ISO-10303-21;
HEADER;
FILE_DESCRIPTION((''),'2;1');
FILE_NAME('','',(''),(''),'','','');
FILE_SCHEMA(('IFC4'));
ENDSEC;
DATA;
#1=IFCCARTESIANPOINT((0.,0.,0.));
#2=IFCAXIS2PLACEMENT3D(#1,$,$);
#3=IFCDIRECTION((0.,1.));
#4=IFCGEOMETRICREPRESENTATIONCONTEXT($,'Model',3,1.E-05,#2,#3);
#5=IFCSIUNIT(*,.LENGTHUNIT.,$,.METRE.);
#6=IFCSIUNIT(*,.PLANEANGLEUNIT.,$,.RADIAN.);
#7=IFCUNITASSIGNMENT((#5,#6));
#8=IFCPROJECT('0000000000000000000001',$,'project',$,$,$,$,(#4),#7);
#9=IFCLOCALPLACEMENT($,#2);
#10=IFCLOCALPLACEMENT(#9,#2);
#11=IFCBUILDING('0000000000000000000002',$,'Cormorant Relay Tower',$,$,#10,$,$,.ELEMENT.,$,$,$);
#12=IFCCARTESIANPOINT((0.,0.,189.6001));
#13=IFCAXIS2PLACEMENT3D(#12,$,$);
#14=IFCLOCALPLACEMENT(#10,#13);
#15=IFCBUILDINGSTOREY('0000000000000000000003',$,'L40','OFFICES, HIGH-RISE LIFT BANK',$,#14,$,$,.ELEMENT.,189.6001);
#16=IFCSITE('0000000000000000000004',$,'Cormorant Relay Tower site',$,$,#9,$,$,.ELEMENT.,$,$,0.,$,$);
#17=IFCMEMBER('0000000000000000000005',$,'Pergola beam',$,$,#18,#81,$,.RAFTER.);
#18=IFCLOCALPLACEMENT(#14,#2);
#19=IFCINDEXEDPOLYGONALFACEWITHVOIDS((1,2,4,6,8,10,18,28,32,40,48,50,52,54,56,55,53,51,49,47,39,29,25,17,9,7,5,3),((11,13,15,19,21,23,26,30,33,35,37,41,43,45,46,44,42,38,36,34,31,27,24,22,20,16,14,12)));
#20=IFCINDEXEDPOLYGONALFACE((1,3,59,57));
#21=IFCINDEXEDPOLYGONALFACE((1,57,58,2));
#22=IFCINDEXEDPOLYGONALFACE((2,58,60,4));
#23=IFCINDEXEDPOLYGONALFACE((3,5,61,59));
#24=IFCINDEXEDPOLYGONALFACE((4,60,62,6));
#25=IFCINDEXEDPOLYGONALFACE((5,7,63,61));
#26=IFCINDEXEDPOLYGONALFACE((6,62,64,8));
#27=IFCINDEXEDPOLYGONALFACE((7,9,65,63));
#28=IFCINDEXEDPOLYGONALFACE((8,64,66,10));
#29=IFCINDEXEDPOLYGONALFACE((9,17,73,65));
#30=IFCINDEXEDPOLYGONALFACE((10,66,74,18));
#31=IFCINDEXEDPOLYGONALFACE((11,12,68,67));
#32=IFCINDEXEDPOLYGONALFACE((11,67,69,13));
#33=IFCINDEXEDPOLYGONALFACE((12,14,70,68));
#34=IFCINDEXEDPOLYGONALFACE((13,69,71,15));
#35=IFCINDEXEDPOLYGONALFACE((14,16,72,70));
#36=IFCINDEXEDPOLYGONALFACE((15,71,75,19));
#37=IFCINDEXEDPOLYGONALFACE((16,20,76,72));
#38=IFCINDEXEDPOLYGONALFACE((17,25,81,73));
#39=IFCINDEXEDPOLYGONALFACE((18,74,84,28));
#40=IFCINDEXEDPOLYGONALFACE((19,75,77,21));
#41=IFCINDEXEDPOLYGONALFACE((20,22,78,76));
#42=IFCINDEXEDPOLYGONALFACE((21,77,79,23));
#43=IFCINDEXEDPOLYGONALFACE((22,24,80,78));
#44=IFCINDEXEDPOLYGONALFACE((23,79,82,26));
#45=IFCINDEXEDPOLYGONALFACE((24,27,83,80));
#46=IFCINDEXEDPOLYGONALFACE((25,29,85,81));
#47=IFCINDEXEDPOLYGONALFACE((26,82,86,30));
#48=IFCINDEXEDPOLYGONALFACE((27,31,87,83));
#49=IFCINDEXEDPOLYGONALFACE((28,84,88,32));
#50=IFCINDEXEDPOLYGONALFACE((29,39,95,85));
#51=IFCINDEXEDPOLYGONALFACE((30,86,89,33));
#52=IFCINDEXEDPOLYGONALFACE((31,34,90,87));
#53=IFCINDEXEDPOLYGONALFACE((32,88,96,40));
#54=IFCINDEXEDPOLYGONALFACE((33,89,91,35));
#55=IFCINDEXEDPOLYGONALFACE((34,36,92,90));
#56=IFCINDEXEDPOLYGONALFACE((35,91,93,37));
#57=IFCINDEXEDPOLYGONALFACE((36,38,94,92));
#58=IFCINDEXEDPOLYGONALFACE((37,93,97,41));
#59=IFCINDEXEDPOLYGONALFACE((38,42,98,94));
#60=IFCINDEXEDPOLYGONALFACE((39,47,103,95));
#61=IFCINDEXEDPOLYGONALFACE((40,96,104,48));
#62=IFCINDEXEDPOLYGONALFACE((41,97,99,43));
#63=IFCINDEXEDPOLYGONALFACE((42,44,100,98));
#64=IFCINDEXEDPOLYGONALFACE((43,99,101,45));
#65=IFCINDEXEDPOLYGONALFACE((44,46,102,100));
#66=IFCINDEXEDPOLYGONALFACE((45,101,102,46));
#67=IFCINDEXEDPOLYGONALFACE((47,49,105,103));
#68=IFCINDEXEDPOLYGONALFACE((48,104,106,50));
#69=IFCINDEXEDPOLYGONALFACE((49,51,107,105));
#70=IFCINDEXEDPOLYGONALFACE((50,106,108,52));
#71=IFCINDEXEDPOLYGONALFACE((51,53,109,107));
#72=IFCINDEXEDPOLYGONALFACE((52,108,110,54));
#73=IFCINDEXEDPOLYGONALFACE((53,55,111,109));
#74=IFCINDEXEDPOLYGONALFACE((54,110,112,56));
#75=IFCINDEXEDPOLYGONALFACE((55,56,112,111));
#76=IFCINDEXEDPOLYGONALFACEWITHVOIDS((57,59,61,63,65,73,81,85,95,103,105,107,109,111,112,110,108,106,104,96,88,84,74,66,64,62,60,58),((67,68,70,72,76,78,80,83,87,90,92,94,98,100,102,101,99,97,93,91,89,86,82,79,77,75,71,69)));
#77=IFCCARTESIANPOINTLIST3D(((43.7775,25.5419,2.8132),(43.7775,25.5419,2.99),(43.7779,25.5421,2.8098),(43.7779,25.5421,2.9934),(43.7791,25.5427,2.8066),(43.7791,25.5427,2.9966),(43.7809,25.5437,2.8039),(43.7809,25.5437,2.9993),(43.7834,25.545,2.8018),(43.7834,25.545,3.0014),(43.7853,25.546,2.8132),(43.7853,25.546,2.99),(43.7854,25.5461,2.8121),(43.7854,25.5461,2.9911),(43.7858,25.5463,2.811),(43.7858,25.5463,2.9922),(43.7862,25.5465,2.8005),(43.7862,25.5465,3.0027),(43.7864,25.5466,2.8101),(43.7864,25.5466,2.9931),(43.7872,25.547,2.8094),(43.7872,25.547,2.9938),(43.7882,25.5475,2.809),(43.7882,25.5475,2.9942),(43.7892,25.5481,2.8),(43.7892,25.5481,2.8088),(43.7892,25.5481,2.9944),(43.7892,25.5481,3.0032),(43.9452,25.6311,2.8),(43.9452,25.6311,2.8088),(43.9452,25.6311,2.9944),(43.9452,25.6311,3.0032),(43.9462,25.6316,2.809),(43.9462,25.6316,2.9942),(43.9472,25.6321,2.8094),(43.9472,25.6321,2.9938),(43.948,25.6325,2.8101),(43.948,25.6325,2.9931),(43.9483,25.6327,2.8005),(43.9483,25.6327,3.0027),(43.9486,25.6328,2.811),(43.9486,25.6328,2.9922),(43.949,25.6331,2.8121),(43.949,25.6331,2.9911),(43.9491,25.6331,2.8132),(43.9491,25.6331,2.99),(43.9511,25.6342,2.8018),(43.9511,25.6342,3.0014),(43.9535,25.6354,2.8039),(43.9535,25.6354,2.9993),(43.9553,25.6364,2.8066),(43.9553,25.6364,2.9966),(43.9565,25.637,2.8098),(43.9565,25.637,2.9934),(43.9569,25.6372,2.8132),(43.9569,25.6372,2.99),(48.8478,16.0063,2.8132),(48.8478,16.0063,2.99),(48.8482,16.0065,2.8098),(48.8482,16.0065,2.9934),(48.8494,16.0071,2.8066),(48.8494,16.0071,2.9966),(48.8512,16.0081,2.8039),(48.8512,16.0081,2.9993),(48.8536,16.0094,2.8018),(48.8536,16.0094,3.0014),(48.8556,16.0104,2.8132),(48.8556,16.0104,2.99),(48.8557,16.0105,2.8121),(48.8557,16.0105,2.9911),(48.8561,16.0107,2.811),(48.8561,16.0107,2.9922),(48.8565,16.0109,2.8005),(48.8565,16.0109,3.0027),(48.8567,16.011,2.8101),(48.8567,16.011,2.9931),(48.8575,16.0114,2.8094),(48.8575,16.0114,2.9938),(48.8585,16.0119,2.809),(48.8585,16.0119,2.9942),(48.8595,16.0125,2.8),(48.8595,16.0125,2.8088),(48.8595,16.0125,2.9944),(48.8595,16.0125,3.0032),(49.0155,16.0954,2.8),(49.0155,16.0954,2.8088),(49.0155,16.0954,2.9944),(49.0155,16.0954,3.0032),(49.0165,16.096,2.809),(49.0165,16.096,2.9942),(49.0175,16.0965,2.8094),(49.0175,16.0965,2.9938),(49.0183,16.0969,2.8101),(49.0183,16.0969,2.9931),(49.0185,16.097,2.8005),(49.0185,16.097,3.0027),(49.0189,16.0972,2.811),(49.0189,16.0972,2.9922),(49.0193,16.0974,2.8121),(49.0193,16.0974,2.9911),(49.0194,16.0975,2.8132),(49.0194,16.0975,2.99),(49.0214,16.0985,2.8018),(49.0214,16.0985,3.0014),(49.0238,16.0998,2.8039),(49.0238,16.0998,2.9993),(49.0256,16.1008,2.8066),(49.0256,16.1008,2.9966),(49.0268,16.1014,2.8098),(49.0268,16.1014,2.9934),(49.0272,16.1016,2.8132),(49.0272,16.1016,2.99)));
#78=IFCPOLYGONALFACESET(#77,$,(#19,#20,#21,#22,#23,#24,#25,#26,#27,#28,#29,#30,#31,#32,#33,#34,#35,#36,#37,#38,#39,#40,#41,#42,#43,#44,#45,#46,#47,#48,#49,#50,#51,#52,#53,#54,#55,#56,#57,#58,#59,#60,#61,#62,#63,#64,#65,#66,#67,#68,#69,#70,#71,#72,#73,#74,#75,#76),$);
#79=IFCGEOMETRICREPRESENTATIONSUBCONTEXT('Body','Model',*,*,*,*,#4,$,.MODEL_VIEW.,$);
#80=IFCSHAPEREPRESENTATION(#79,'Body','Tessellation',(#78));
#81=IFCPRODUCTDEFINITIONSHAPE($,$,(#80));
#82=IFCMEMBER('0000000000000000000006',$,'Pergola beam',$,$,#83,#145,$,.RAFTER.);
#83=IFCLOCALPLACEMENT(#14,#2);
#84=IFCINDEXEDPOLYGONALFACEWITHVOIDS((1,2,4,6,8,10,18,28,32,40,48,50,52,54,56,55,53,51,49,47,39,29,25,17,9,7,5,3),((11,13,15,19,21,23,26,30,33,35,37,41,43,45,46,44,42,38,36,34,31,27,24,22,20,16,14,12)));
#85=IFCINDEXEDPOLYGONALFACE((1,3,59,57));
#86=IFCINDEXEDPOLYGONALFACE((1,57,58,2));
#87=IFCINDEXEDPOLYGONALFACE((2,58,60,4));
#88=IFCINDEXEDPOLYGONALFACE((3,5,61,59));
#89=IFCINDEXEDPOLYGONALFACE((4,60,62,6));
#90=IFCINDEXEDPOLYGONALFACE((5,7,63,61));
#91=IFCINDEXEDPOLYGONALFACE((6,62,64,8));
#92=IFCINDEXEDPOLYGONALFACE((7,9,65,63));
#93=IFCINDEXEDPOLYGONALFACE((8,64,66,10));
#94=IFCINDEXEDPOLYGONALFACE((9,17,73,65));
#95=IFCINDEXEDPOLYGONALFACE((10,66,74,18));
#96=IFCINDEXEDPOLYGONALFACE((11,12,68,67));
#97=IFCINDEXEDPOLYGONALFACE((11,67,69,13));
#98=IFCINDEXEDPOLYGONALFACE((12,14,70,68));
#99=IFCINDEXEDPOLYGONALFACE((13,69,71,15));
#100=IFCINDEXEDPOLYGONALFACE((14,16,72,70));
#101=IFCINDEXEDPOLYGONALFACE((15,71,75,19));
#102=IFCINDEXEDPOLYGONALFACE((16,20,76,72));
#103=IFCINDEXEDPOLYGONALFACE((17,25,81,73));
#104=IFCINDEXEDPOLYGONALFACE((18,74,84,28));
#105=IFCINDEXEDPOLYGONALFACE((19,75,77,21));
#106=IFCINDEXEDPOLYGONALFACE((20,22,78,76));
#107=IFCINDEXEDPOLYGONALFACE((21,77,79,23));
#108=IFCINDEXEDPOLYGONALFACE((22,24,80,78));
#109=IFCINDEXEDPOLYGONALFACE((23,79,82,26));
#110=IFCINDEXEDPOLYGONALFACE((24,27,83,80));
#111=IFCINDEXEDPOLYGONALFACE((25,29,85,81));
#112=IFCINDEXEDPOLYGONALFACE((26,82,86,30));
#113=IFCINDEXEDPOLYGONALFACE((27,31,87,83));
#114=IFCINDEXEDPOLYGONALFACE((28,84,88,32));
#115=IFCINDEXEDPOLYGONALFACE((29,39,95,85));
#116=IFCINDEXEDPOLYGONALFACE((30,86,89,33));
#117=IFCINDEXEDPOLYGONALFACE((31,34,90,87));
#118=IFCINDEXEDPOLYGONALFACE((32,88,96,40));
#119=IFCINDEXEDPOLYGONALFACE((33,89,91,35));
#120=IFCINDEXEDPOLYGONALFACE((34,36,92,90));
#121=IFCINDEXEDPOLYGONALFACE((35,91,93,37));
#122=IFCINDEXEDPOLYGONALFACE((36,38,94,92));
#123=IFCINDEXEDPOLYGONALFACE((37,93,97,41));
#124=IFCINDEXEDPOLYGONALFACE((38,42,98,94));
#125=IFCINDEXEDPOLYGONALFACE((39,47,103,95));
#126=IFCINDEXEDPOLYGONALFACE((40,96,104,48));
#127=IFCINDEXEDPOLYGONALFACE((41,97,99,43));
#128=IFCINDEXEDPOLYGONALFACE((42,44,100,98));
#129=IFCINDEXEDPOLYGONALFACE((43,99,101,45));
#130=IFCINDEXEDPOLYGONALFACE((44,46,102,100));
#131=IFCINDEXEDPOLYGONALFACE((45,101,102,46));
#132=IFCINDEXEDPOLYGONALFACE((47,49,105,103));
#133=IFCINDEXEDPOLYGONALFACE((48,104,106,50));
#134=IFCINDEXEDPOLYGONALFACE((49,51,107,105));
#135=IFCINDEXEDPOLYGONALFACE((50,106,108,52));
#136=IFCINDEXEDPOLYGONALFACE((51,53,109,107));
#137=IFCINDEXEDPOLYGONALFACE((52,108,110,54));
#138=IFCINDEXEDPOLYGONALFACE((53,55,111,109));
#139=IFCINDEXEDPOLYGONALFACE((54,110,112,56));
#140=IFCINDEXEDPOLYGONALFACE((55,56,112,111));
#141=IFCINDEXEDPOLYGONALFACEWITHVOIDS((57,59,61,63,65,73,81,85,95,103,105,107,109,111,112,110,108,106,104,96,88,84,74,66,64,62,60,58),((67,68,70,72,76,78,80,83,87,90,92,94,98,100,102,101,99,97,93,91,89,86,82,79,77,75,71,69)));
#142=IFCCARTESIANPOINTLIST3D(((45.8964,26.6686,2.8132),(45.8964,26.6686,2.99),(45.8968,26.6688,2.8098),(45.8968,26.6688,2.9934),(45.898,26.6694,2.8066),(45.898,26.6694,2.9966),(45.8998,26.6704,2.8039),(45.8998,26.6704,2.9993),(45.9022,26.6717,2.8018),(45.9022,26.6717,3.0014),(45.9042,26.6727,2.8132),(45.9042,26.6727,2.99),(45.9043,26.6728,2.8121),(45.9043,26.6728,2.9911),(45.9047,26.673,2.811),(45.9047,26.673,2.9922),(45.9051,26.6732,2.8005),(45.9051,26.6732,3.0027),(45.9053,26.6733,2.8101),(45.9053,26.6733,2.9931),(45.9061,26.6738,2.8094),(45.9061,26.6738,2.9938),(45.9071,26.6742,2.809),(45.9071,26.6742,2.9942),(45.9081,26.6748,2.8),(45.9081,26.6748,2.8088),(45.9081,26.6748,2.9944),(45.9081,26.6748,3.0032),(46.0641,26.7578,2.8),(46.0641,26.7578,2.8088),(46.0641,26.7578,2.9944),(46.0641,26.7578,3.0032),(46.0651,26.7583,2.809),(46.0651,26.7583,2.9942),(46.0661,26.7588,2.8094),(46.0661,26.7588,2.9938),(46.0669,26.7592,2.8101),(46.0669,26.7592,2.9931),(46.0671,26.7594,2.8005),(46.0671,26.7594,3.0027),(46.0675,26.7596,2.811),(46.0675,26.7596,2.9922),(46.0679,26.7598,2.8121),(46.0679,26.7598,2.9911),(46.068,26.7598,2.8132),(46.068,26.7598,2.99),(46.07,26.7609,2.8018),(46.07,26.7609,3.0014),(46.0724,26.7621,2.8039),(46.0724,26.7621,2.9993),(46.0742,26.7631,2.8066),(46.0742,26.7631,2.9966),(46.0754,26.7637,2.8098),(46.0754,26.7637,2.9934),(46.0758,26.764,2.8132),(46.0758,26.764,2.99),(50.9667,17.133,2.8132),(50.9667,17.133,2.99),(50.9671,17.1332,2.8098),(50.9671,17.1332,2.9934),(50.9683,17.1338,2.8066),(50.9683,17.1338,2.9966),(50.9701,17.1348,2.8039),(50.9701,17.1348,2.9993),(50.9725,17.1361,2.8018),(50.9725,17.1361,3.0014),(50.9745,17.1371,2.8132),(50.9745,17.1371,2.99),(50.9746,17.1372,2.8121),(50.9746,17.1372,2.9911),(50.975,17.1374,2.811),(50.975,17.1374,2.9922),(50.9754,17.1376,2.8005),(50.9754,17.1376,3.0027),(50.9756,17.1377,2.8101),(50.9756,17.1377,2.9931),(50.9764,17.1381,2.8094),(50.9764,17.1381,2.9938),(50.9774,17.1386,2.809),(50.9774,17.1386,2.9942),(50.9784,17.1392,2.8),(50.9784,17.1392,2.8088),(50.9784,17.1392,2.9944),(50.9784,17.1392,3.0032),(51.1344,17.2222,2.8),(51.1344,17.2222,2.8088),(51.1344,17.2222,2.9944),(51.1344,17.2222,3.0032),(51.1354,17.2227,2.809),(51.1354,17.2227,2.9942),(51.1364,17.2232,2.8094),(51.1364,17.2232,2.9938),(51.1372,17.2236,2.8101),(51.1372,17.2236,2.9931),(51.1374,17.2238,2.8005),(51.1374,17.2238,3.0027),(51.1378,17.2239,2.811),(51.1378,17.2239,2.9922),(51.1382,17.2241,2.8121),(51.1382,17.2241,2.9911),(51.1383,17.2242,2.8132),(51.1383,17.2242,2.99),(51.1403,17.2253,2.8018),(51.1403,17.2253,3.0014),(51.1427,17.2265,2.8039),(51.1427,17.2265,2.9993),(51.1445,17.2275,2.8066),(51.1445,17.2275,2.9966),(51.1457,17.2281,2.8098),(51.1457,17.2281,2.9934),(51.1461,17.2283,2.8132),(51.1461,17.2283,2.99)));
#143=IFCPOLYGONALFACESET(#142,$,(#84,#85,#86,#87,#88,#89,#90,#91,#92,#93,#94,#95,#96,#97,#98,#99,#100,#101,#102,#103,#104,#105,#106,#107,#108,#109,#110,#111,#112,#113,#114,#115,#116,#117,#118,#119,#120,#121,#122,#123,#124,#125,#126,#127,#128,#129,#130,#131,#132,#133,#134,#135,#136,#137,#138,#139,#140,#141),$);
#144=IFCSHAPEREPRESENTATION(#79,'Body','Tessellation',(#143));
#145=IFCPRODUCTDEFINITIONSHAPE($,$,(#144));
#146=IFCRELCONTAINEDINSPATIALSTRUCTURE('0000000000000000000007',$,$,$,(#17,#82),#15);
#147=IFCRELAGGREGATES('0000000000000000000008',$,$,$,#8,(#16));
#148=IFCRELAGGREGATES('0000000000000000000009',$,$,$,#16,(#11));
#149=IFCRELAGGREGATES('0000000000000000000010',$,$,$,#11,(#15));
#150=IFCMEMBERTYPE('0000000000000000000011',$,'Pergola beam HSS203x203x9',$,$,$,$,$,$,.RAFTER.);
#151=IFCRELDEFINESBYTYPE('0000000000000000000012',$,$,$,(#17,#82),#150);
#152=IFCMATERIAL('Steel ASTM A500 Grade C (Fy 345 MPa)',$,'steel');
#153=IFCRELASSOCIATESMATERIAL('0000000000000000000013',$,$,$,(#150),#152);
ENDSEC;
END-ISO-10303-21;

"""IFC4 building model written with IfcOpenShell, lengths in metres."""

from ifc_helpers import new_model, si_unit, direction, frame, origin, origin_2d, place, context, subcontext, project, spatial, hollow_rectangle, extrude, material, material_profile, profile_set, type_object, element, save


model = new_model("IFC4")

# Units and contexts
model_context = context("Model", 3, precision=1e-05, world=origin(), true_north=direction((0.0, 1.0)))
body_context = subcontext(model_context, "Body", "Model", "MODEL_VIEW")
ifc_project = project(units=[si_unit("LENGTHUNIT", "METRE"), si_unit("PLANEANGLEUNIT", "RADIAN")], contexts=[model_context])

# Site, building, storey
site_placement = place(None, origin())
site = spatial("IfcSite", under=ifc_project, at=site_placement, Name="Cormorant Relay Tower site", CompositionType="ELEMENT", RefElevation=0.0)
building_placement = place(site_placement, origin())
building = spatial("IfcBuilding", under=site, at=building_placement, Name="Cormorant Relay Tower", CompositionType="ELEMENT")
storey_placement = place(building_placement, frame((0.0, 0.0, 189.6001)))
storey = spatial("IfcBuildingStorey", under=building, at=storey_placement, Name="L40", Description="OFFICES, HIGH-RISE LIFT BANK", CompositionType="ELEMENT", Elevation=189.6001)

# Members
ifc_material_1 = material(Name="Steel ASTM A500 Grade C (Fy 345 MPa)", Category="steel")
ifc_material_profile_1 = material_profile(ifc_material_1, hollow_rectangle(XDim=0.2031, YDim=0.2031, WallThickness=0.0088, InnerFilletRadius=0.0044, OuterFilletRadius=0.0132, at=origin_2d()), Name="HSS203x203x9")
ifc_profile_set_1 = profile_set([ifc_material_profile_1], Name="Steel ASTM A500 Grade C (Fy 345 MPa)")
member_type_1 = type_object("IfcMemberType", Name="Pergola beam HSS203x203x9", PredefinedType="RAFTER", material=ifc_profile_set_1)
for number, where, z_axis, x_axis, name in (
    (1, (48.9375, 16.054, 2.9016), (-0.46948, 0.882943, 0.0), (-0.882943, -0.46948, 0.0), "Pergola beam"),
    (2, (51.0564, 17.1807, 2.9016), (-0.46948, 0.882943, 0.0), (-0.882943, -0.46948, 0.0), "Pergola beam"),
):
    element("IfcMember", number, at=place(storey_placement, frame(where, z_axis=z_axis, x_axis=x_axis)), inside=storey, type_object=member_type_1, Name=name, PredefinedType="RAFTER", context=body_context, shape_type="SweptSolid", body=[
        extrude(hollow_rectangle(XDim=0.2031, YDim=0.2031, WallThickness=0.0088, InnerFilletRadius=0.0044, OuterFilletRadius=0.0132, at=origin_2d()), origin(), (0.0, 0.0, 1.0), 10.7998),
    ])

save(model, "model.ifc")
